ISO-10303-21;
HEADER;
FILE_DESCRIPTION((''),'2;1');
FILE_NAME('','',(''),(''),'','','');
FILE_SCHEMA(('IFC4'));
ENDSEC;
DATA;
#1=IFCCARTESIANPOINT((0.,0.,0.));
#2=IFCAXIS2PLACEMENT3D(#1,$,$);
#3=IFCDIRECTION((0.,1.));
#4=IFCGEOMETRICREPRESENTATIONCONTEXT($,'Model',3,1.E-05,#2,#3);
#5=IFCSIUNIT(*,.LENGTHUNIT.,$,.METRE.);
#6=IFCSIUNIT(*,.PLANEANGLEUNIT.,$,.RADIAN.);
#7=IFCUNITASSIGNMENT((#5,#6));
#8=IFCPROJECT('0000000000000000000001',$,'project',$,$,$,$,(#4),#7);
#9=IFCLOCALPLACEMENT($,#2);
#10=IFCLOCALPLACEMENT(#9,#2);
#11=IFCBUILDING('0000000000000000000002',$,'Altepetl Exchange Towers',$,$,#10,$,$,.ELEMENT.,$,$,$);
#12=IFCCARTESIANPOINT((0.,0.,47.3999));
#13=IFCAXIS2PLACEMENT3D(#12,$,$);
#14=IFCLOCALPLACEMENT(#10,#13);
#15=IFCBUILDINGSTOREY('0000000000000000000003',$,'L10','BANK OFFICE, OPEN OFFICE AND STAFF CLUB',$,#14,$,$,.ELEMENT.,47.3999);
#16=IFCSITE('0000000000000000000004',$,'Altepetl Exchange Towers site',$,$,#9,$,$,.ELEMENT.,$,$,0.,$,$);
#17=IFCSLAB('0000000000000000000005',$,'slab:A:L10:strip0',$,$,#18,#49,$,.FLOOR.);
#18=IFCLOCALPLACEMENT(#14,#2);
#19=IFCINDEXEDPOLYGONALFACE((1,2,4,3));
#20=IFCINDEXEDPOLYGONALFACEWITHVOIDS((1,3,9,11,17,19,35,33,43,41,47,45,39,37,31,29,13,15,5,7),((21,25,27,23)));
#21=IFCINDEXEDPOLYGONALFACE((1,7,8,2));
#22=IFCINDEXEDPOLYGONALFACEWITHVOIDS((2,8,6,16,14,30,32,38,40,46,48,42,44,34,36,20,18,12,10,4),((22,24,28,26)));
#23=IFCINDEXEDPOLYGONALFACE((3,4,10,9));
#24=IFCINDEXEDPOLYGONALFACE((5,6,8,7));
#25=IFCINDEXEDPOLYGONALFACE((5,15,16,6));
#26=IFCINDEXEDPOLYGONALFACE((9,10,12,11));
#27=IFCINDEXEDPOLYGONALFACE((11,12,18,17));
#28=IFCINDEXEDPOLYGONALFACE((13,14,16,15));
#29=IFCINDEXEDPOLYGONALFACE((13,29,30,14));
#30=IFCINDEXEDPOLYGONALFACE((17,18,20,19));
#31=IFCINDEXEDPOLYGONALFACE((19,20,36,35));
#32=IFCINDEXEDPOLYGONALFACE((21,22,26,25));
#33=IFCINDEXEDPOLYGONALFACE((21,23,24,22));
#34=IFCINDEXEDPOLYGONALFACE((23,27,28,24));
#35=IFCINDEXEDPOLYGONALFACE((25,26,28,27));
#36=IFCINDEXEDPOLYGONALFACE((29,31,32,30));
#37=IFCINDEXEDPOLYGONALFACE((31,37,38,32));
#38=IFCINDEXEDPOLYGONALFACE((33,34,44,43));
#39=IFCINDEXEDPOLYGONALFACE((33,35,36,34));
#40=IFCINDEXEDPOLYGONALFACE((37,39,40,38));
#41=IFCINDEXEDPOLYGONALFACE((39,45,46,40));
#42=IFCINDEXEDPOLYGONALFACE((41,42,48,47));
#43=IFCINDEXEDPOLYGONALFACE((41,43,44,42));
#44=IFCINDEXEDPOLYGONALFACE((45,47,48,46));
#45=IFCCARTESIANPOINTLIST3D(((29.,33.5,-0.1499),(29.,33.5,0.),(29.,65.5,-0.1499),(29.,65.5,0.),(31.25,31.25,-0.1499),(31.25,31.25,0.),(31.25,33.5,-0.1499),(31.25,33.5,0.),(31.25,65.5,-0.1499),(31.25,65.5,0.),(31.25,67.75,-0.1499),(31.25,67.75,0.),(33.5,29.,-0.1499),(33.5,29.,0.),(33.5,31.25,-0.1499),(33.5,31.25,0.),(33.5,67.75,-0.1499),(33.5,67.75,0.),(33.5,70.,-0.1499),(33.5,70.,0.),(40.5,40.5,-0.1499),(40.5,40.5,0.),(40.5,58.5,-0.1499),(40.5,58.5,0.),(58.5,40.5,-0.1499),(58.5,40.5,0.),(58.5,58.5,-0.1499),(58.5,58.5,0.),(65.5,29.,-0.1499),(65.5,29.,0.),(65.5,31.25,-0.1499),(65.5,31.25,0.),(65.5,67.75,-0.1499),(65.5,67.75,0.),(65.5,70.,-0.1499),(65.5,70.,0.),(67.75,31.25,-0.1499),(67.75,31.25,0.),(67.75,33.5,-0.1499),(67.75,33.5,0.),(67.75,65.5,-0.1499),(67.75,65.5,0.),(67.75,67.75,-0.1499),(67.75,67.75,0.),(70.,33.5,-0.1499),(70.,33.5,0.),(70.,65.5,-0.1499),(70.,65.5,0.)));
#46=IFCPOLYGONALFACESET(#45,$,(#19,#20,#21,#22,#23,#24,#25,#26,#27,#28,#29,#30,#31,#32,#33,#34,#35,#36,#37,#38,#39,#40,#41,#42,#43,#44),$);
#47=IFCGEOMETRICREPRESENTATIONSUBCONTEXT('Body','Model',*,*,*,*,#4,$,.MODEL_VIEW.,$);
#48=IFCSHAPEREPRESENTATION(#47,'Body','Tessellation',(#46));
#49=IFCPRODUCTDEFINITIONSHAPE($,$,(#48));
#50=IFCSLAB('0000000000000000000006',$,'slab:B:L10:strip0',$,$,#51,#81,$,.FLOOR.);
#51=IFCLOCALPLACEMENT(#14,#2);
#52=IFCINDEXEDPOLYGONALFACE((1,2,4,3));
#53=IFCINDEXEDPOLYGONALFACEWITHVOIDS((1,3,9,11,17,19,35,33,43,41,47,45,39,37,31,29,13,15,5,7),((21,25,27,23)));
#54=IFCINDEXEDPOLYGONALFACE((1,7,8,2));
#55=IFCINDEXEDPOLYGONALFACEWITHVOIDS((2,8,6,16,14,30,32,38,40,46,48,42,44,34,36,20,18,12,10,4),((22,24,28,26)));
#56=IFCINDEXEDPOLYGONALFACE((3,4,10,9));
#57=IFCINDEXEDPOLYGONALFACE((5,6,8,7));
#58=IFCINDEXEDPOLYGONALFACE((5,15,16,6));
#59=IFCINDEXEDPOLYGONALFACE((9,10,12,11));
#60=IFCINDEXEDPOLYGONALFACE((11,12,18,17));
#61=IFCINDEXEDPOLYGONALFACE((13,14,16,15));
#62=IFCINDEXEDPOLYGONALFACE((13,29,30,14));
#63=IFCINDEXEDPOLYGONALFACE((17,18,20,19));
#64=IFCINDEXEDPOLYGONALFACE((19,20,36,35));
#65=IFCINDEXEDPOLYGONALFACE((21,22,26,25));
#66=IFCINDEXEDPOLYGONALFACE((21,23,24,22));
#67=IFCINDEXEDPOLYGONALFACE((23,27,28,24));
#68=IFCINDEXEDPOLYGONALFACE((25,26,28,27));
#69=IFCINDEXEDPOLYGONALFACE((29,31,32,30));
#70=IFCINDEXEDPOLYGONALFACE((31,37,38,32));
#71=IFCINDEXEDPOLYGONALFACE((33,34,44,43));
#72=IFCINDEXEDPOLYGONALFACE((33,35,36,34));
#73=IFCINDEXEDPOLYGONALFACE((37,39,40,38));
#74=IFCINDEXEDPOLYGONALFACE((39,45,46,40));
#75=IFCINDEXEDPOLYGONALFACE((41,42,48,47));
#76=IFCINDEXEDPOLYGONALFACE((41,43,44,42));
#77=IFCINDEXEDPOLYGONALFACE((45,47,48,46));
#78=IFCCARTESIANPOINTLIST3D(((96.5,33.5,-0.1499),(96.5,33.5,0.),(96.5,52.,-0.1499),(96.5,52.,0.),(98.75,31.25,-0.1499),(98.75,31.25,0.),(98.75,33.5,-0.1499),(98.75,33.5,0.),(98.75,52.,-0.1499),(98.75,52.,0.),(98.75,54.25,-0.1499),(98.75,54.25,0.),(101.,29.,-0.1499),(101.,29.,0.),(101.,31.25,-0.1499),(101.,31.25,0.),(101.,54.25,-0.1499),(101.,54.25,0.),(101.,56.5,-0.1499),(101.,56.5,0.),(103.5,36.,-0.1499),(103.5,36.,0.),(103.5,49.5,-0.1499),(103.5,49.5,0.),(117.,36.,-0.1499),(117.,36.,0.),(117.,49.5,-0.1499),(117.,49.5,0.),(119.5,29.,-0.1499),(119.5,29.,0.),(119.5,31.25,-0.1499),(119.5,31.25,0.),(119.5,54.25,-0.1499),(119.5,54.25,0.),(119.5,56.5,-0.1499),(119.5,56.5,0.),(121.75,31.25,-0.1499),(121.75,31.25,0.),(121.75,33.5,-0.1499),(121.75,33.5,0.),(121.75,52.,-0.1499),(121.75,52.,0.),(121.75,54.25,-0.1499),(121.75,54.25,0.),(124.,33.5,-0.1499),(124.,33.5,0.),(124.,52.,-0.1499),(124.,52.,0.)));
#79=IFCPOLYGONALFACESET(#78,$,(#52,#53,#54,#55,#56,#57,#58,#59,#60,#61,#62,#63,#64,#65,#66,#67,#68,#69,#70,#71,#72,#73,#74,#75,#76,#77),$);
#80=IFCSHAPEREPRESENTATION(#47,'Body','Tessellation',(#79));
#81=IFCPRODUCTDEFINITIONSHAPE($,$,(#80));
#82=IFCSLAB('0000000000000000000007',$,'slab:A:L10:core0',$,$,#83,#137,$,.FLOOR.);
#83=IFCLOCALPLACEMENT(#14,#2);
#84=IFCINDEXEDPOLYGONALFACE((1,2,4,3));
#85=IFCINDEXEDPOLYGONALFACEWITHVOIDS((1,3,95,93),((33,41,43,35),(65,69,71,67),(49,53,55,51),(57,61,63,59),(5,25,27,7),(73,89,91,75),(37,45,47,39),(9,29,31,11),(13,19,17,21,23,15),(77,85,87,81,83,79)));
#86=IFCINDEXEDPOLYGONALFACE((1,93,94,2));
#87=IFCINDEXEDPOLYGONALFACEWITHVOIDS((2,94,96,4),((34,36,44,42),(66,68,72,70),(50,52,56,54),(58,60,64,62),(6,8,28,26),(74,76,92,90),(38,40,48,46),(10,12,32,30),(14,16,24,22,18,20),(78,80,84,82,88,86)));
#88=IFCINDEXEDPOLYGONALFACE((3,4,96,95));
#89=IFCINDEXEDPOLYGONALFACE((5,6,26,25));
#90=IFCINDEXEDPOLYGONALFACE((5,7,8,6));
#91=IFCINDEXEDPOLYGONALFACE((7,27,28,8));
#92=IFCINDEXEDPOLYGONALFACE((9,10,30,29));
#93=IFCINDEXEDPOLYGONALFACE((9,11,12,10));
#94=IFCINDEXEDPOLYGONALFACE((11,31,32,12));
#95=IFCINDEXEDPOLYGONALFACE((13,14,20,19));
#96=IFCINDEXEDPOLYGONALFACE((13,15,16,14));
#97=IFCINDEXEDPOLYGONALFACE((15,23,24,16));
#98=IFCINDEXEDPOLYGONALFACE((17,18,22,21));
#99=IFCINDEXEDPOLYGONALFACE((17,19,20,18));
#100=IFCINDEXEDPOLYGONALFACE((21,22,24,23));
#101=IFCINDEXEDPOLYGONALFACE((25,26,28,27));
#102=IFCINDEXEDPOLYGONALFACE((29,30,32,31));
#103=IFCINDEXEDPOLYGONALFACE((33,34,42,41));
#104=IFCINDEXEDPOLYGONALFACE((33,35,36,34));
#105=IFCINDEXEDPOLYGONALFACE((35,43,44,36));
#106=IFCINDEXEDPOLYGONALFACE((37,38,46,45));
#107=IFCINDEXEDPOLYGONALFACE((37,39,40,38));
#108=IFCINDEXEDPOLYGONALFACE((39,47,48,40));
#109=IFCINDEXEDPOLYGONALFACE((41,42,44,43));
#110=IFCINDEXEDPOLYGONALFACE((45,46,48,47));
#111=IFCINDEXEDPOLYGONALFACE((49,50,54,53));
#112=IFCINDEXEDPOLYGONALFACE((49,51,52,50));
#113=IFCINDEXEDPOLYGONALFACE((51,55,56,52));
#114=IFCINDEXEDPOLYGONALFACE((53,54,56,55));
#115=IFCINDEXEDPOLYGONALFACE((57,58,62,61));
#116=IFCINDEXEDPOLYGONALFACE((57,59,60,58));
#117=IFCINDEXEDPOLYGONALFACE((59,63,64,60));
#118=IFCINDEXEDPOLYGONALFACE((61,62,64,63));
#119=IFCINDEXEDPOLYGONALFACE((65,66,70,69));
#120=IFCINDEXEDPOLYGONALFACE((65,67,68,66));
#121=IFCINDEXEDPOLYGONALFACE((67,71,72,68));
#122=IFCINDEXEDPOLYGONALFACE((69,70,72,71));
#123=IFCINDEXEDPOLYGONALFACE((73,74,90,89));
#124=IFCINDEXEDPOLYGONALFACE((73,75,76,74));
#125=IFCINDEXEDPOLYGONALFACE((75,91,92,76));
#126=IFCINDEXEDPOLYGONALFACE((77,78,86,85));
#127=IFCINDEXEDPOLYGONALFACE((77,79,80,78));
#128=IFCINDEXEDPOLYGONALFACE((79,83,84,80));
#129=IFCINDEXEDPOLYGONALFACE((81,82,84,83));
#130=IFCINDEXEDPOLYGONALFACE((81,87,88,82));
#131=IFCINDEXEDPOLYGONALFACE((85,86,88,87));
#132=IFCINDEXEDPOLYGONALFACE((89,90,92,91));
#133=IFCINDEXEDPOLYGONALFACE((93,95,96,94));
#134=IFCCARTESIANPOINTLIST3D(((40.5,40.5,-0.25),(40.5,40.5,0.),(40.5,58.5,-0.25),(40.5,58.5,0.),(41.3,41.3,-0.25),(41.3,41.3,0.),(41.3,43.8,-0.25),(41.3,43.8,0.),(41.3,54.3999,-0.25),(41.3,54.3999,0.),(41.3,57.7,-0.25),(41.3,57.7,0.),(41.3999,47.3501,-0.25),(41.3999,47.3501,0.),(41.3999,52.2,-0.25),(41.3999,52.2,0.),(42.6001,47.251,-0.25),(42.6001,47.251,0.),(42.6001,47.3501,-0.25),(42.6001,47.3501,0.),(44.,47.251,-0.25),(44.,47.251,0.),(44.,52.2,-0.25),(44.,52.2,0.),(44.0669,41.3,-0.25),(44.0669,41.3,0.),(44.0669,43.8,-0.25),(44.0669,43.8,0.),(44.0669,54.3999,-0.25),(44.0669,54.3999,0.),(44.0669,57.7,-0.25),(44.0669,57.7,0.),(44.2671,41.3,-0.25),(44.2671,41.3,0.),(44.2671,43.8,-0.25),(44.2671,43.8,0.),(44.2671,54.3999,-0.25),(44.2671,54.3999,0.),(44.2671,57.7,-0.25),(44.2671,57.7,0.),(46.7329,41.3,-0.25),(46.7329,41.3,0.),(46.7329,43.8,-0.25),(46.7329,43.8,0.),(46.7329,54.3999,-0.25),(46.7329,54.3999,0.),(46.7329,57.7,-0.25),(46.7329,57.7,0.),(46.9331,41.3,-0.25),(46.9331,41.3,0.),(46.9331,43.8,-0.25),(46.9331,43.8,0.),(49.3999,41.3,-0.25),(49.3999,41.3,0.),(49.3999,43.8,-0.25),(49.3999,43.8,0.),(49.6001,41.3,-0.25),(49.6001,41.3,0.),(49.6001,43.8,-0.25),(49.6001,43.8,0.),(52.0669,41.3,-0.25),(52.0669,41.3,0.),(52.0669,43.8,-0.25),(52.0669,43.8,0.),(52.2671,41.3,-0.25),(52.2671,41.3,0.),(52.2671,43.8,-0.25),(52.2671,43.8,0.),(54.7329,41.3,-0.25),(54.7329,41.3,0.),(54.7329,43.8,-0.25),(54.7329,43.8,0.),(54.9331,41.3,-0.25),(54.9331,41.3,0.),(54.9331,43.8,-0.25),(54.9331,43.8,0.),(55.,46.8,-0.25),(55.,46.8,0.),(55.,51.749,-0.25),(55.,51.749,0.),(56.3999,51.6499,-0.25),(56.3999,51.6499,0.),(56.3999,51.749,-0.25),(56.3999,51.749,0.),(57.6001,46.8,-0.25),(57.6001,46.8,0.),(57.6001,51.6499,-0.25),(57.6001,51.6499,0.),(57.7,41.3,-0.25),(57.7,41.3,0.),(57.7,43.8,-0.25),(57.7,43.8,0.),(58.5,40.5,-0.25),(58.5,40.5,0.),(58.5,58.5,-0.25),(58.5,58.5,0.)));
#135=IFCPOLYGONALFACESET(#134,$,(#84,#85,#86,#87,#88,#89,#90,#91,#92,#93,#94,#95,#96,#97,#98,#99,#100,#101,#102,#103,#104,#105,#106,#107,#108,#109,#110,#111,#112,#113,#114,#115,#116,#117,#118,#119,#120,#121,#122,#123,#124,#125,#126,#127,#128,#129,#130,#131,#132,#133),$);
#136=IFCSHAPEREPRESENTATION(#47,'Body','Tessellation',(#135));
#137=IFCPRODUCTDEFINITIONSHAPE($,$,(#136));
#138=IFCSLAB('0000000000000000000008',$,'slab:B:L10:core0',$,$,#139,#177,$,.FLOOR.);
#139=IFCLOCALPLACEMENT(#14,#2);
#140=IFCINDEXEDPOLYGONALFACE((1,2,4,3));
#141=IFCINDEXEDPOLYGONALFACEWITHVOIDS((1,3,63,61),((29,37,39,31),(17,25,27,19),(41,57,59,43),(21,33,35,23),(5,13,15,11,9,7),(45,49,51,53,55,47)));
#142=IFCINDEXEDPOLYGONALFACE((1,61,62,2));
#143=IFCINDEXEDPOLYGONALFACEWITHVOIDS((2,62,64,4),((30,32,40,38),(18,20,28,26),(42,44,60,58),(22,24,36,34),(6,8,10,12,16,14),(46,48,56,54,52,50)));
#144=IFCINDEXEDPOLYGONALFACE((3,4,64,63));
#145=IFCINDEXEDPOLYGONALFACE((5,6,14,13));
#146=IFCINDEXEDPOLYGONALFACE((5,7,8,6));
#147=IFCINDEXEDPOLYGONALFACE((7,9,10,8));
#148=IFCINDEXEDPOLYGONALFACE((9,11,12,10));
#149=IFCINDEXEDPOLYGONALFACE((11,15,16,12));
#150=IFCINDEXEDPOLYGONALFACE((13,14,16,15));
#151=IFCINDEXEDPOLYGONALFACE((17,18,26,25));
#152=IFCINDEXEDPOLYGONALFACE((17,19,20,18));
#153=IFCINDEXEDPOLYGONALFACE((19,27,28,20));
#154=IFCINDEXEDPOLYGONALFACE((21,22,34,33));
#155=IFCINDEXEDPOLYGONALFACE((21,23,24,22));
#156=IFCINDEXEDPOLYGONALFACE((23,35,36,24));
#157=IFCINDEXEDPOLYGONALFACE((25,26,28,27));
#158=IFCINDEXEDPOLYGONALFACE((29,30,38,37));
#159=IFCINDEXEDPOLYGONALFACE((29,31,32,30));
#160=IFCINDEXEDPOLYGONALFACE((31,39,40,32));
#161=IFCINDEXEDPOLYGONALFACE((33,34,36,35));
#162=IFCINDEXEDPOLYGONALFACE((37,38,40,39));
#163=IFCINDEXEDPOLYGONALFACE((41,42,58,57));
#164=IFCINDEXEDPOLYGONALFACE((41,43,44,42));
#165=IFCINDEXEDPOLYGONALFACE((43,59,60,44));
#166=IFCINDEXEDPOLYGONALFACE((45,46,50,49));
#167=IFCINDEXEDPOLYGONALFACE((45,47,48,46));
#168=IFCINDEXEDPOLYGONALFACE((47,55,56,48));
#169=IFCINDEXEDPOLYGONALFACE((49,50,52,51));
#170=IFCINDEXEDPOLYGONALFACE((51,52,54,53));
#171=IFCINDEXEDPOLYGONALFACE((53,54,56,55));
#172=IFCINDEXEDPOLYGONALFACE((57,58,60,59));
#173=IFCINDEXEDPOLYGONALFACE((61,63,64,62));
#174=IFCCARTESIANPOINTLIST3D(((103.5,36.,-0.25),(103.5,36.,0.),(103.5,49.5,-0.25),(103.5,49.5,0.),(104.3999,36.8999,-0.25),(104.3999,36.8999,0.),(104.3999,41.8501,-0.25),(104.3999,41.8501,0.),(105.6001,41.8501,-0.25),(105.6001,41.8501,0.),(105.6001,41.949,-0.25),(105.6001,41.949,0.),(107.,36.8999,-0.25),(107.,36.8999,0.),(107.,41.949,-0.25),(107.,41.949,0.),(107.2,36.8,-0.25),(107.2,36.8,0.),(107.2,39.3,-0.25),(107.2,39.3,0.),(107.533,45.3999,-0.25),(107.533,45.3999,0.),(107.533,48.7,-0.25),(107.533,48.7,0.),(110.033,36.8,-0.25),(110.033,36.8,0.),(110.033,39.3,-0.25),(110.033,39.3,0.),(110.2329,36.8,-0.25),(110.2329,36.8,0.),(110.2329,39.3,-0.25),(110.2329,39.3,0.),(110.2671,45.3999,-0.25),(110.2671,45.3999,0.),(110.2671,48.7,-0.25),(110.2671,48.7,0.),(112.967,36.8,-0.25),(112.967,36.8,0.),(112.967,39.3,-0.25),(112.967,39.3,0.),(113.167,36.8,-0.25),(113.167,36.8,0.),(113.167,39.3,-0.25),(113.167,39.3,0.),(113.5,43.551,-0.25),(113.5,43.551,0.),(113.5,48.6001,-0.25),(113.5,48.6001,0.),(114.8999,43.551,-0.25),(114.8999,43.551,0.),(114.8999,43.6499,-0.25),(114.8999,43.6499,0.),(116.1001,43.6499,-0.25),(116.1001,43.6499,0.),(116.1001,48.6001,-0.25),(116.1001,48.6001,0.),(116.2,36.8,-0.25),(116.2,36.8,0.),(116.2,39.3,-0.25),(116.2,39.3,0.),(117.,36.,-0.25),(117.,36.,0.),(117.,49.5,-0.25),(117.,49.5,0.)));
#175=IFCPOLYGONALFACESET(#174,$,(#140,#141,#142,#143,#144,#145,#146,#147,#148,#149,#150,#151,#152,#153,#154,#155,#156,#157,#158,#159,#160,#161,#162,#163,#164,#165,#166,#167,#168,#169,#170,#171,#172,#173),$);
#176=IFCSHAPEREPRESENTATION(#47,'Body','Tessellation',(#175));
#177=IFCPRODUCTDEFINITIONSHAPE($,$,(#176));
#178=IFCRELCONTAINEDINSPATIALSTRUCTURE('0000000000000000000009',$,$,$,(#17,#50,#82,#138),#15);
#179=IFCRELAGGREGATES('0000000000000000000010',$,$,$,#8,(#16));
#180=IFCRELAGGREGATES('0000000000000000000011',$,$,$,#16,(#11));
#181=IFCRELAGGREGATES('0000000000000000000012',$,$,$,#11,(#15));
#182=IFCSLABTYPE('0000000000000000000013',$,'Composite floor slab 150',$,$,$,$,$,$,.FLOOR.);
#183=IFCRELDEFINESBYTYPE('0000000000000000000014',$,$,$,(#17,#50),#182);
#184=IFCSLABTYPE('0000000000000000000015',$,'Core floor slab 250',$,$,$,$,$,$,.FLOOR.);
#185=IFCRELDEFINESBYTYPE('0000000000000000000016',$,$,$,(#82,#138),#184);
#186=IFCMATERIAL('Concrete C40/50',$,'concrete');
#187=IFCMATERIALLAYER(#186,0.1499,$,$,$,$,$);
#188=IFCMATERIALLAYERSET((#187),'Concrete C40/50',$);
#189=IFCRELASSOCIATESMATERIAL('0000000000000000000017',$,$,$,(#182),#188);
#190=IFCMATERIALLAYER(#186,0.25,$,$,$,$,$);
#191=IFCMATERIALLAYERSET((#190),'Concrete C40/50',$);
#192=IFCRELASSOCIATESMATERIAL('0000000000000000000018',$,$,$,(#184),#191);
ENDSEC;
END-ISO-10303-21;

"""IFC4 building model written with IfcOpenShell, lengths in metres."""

from ifc_helpers import new_model, si_unit, direction, frame, origin, place, context, subcontext, project, spatial, polyline, outline, extrude, material, layer, layer_set, type_object, element, save


model = new_model("IFC4")

# Units and contexts
model_context = context("Model", 3, precision=1e-05, world=origin(), true_north=direction((0.0, 1.0)))
body_context = subcontext(model_context, "Body", "Model", "MODEL_VIEW")
ifc_project = project(units=[si_unit("LENGTHUNIT", "METRE"), si_unit("PLANEANGLEUNIT", "RADIAN")], contexts=[model_context])

# Site, building, storey
site_placement = place(None, origin())
site = spatial("IfcSite", under=ifc_project, at=site_placement, Name="Altepetl Exchange Towers site", CompositionType="ELEMENT", RefElevation=0.0)
building_placement = place(site_placement, origin())
building = spatial("IfcBuilding", under=site, at=building_placement, Name="Altepetl Exchange Towers", CompositionType="ELEMENT")
storey_placement = place(building_placement, frame((0.0, 0.0, 47.3999)))
storey = spatial("IfcBuildingStorey", under=building, at=storey_placement, Name="L10", Description="BANK OFFICE, OPEN OFFICE AND STAFF CLUB", CompositionType="ELEMENT", Elevation=47.3999)

# Slabs
ifc_material_1 = material(Name="Concrete C40/50", Category="concrete")
ifc_layer_1 = layer(ifc_material_1, 0.1499)
ifc_layer_set_1 = layer_set([ifc_layer_1], Name="Concrete C40/50")
slab_type_1 = type_object("IfcSlabType", Name="Composite floor slab 150", PredefinedType="FLOOR", material=ifc_layer_set_1)
slab_1_placement = place(storey_placement, frame((0.0, 0.0, -0.1499)))
element("IfcSlab", 1, at=slab_1_placement, inside=storey, type_object=slab_type_1, Name="slab:A:L10:strip0", PredefinedType="FLOOR", context=body_context, shape_type="SweptSolid", body=[
    extrude(outline(polyline([(31.25, 67.75), (31.25, 65.5), (29.0, 65.5), (29.0, 33.5), (31.25, 33.5), (31.25, 31.25), (33.5, 31.25), (33.5, 29.0), (65.5, 29.0), (65.5, 31.25), (67.75, 31.25), (67.75, 33.5), (70.0, 33.5), (70.0, 65.5), (67.75, 65.5), (67.75, 67.75), (65.5, 67.75), (65.5, 70.0), (33.5, 70.0), (33.5, 67.75), (31.25, 67.75)]), holes=[polyline([(58.5, 58.5), (58.5, 40.5), (40.5, 40.5), (40.5, 58.5), (58.5, 58.5)])]), origin(), (0.0, 0.0, 1.0), 0.1499),
])
slab_2_placement = place(storey_placement, frame((0.0, 0.0, -0.1499)))
element("IfcSlab", 2, at=slab_2_placement, inside=storey, type_object=slab_type_1, Name="slab:B:L10:strip0", PredefinedType="FLOOR", context=body_context, shape_type="SweptSolid", body=[
    extrude(outline(polyline([(98.75, 54.25), (98.75, 52.0), (96.5, 52.0), (96.5, 33.5), (98.75, 33.5), (98.75, 31.25), (101.0, 31.25), (101.0, 29.0), (119.5, 29.0), (119.5, 31.25), (121.75, 31.25), (121.75, 33.5), (124.0, 33.5), (124.0, 52.0), (121.75, 52.0), (121.75, 54.25), (119.5, 54.25), (119.5, 56.5), (101.0, 56.5), (101.0, 54.25), (98.75, 54.25)]), holes=[polyline([(117.0, 49.5), (117.0, 36.0), (103.5, 36.0), (103.5, 49.5), (117.0, 49.5)])]), origin(), (0.0, 0.0, 1.0), 0.1499),
])
ifc_layer_2 = layer(ifc_material_1, 0.25)
ifc_layer_set_2 = layer_set([ifc_layer_2], Name="Concrete C40/50")
slab_type_2 = type_object("IfcSlabType", Name="Core floor slab 250", PredefinedType="FLOOR", material=ifc_layer_set_2)
slab_3_placement = place(storey_placement, frame((0.0, 0.0, -0.25)))
element("IfcSlab", 3, at=slab_3_placement, inside=storey, type_object=slab_type_2, Name="slab:A:L10:core0", PredefinedType="FLOOR", context=body_context, shape_type="SweptSolid", body=[
    extrude(outline(polyline([(40.5, 40.5), (58.5, 40.5), (58.5, 58.5), (40.5, 58.5), (40.5, 40.5)]), holes=[polyline([(41.3, 43.8), (44.0669, 43.8), (44.0669, 41.3), (41.3, 41.3), (41.3, 43.8)]), polyline([(44.2671, 43.8), (46.7329, 43.8), (46.7329, 41.3), (44.2671, 41.3), (44.2671, 43.8)]), polyline([(46.9331, 43.8), (49.3999, 43.8), (49.3999, 41.3), (46.9331, 41.3), (46.9331, 43.8)]), polyline([(52.0669, 43.8), (52.0669, 41.3), (49.6001, 41.3), (49.6001, 43.8), (52.0669, 43.8)]), polyline([(54.7329, 43.8), (54.7329, 41.3), (52.2671, 41.3), (52.2671, 43.8), (54.7329, 43.8)]), polyline([(54.9331, 43.8), (57.7, 43.8), (57.7, 41.3), (54.9331, 41.3), (54.9331, 43.8)]), polyline([(55.0, 51.749), (56.3999, 51.749), (56.3999, 51.6499), (57.6001, 51.6499), (57.6001, 46.8), (55.0, 46.8), (55.0, 51.749)]), polyline([(44.0, 47.251), (42.6001, 47.251), (42.6001, 47.3501), (41.3999, 47.3501), (41.3999, 52.2), (44.0, 52.2), (44.0, 47.251)]), polyline([(44.0669, 57.7), (44.0669, 54.3999), (41.3, 54.3999), (41.3, 57.7), (44.0669, 57.7)]), polyline([(46.7329, 57.7), (46.7329, 54.3999), (44.2671, 54.3999), (44.2671, 57.7), (46.7329, 57.7)])]), origin(), (0.0, 0.0, 1.0), 0.25),
])
slab_4_placement = place(storey_placement, frame((0.0, 0.0, -0.25)))
element("IfcSlab", 4, at=slab_4_placement, inside=storey, type_object=slab_type_2, Name="slab:B:L10:core0", PredefinedType="FLOOR", context=body_context, shape_type="SweptSolid", body=[
    extrude(outline(polyline([(103.5, 36.0), (117.0, 36.0), (117.0, 49.5), (103.5, 49.5), (103.5, 36.0)]), holes=[polyline([(107.2, 36.8), (107.2, 39.3), (110.033, 39.3), (110.033, 36.8), (107.2, 36.8)]), polyline([(110.2329, 39.3), (112.967, 39.3), (112.967, 36.8), (110.2329, 36.8), (110.2329, 39.3)]), polyline([(113.167, 39.3), (116.2, 39.3), (116.2, 36.8), (113.167, 36.8), (113.167, 39.3)]), polyline([(107.0, 36.8999), (104.3999, 36.8999), (104.3999, 41.8501), (105.6001, 41.8501), (105.6001, 41.949), (107.0, 41.949), (107.0, 36.8999)]), polyline([(116.1001, 48.6001), (116.1001, 43.6499), (114.8999, 43.6499), (114.8999, 43.551), (113.5, 43.551), (113.5, 48.6001), (116.1001, 48.6001)]), polyline([(107.533, 48.7), (110.2671, 48.7), (110.2671, 45.3999), (107.533, 45.3999), (107.533, 48.7)])]), origin(), (0.0, 0.0, 1.0), 0.25),
])

save(model, "model.ifc")
